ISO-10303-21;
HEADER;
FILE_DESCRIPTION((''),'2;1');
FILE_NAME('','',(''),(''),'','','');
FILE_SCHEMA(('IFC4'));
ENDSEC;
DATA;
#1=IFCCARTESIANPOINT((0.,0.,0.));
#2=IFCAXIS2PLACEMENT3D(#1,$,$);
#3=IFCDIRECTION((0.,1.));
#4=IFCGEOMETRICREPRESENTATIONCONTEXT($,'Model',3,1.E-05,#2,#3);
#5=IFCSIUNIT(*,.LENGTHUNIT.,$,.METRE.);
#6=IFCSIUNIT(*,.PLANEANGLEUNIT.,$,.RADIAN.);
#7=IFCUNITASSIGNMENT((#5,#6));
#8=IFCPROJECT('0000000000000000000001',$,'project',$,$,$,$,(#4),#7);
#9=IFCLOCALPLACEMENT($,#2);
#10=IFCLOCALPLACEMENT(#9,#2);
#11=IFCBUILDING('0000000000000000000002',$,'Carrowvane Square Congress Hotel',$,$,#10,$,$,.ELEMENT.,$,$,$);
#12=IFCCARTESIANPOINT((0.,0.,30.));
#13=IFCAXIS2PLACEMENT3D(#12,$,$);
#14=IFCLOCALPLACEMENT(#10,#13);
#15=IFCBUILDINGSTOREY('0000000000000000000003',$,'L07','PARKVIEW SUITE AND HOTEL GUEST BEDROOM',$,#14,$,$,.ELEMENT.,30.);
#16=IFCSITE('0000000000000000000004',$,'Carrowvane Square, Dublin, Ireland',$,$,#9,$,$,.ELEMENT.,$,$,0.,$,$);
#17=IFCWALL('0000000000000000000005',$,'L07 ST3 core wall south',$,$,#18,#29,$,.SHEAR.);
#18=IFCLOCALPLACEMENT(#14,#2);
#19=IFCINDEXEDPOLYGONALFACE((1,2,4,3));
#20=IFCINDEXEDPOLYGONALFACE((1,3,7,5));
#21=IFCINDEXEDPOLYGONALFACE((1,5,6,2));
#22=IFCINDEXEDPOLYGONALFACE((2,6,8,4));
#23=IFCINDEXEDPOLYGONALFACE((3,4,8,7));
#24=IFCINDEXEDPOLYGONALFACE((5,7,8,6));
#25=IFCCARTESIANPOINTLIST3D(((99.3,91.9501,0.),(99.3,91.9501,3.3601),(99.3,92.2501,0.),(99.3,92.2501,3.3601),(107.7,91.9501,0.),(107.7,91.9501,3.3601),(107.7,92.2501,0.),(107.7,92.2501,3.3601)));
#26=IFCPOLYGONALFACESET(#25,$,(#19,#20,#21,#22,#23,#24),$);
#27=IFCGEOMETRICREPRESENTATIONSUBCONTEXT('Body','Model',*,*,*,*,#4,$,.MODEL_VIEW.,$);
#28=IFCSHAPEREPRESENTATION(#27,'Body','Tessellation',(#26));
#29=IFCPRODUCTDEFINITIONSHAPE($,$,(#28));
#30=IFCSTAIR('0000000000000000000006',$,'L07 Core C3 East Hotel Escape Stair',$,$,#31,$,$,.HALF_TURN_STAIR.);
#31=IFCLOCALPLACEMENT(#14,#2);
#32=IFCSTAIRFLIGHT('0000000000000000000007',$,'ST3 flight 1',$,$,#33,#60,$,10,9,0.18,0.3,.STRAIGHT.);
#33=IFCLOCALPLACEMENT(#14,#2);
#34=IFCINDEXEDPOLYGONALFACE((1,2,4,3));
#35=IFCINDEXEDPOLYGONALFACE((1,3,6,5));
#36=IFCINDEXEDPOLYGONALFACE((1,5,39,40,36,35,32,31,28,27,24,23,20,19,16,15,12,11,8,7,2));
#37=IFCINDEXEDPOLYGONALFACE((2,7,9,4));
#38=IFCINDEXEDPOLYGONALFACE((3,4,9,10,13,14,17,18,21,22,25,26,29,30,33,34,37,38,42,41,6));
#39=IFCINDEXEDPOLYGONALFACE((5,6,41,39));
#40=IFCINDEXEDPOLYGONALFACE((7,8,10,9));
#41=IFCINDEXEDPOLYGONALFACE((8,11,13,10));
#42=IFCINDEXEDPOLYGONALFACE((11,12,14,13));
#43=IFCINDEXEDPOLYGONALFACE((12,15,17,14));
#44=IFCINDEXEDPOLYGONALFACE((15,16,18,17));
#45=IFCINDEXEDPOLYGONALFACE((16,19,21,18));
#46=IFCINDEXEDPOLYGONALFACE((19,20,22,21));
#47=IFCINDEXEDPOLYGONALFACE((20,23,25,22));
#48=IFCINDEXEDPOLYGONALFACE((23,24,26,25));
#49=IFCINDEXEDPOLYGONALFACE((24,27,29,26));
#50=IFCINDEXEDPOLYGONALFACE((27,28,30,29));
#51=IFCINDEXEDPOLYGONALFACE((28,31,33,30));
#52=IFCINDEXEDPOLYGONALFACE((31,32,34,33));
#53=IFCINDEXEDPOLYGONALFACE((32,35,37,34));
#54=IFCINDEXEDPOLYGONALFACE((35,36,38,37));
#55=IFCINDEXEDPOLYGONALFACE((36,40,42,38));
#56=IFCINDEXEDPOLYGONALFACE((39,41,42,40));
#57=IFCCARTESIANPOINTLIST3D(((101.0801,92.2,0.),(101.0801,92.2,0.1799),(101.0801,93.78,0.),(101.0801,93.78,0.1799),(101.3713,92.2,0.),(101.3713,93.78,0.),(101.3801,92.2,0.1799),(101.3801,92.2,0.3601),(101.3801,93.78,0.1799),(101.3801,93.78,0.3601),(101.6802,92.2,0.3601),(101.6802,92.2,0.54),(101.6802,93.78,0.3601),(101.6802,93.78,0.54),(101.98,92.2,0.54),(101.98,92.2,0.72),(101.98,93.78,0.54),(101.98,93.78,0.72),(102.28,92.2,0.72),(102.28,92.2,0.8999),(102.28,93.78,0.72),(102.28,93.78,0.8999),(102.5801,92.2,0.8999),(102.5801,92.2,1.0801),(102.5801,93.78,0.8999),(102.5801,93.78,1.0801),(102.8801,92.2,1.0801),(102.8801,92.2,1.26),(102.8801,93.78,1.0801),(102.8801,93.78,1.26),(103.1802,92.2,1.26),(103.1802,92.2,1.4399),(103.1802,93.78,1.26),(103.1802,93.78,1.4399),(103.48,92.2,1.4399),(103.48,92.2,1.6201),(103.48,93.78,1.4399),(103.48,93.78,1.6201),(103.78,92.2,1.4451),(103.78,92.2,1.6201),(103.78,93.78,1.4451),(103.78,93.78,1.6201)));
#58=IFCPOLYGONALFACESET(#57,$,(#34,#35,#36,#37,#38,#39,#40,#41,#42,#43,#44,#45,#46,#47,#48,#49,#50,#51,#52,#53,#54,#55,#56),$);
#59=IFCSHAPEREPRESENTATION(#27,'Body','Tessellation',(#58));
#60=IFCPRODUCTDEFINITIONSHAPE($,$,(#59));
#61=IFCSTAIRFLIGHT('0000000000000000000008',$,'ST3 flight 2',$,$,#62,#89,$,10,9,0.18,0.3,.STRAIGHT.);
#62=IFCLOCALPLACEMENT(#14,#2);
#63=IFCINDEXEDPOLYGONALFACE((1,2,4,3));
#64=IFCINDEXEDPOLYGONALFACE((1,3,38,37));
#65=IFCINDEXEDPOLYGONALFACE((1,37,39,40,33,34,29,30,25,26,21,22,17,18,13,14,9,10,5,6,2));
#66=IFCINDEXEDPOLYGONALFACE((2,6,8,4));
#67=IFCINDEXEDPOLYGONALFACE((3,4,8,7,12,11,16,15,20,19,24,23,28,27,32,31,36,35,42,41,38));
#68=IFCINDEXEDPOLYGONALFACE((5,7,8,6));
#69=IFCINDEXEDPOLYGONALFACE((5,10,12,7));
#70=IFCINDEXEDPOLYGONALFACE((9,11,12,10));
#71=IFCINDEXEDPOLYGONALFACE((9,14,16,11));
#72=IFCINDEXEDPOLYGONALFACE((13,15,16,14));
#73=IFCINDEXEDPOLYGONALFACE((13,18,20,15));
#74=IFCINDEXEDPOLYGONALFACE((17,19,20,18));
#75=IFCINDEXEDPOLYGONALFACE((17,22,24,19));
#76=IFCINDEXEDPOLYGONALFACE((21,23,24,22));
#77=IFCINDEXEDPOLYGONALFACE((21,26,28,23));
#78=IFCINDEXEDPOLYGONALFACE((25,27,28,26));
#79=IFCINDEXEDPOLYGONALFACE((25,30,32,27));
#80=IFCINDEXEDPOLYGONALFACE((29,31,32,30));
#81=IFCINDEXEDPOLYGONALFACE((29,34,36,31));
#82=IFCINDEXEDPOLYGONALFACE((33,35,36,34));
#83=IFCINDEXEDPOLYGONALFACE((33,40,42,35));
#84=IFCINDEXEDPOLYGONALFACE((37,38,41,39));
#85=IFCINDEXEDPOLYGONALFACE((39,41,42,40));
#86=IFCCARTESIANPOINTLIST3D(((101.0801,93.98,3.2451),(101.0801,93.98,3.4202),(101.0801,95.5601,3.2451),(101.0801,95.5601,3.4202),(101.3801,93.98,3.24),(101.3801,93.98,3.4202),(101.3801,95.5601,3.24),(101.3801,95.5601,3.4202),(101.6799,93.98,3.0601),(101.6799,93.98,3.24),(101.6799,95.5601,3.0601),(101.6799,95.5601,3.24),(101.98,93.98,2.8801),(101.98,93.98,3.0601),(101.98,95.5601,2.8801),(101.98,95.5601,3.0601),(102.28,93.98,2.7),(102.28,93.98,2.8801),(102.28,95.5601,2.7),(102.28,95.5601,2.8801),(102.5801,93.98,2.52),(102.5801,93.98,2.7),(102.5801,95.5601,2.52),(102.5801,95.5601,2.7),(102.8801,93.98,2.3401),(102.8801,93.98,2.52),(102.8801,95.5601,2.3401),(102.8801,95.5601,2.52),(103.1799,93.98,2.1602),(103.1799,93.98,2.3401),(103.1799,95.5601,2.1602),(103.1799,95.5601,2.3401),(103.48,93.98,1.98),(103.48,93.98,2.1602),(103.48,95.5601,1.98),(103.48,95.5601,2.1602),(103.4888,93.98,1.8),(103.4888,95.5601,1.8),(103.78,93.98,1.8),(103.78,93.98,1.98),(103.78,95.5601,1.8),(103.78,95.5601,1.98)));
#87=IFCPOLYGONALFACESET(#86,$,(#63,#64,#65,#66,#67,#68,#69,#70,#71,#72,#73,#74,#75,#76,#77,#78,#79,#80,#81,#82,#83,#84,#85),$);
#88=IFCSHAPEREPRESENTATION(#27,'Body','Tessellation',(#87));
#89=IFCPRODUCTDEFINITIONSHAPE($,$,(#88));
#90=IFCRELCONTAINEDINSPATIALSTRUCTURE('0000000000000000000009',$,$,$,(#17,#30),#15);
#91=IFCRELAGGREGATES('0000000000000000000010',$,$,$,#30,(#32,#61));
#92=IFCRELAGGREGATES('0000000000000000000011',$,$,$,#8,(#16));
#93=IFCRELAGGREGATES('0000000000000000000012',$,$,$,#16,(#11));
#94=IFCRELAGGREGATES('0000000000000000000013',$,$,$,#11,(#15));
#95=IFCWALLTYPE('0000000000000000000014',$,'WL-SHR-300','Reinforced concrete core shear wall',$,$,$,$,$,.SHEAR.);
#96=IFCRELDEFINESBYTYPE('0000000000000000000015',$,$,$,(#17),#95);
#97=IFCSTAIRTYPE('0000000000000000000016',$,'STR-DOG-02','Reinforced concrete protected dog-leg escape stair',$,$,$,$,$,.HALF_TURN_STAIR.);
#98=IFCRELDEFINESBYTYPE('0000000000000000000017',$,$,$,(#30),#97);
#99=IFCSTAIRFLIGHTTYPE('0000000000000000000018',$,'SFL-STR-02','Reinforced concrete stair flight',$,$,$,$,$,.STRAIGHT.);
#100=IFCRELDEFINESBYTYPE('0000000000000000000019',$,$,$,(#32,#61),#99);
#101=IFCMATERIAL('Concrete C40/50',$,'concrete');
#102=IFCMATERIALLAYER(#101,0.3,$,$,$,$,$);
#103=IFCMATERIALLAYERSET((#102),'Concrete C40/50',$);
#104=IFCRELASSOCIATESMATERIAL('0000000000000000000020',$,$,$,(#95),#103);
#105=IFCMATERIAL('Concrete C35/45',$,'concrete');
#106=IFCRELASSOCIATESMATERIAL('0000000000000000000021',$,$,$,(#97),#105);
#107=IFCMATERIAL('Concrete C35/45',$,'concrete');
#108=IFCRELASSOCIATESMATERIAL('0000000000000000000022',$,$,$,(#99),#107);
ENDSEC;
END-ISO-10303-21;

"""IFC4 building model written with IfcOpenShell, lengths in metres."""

from ifc_helpers import new_model, si_unit, direction, frame, frame_2d, origin, place, context, subcontext, project, spatial, polyline, rectangle, outline, extrude, material, layer, layer_set, type_object, element, aggregate, save


model = new_model("IFC4")

# Units and contexts
model_context = context("Model", 3, precision=1e-05, world=origin(), true_north=direction((0.0, 1.0)))
body_context = subcontext(model_context, "Body", "Model", "MODEL_VIEW")
ifc_project = project(units=[si_unit("LENGTHUNIT", "METRE"), si_unit("PLANEANGLEUNIT", "RADIAN")], contexts=[model_context])

# Site, building, storey
site_placement = place(None, origin())
site = spatial("IfcSite", under=ifc_project, at=site_placement, Name="Carrowvane Square, Dublin, Ireland", CompositionType="ELEMENT", RefElevation=0.0)
building_placement = place(site_placement, origin())
building = spatial("IfcBuilding", under=site, at=building_placement, Name="Carrowvane Square Congress Hotel", CompositionType="ELEMENT")
storey_placement = place(building_placement, frame((0.0, 0.0, 30.0)))
storey = spatial("IfcBuildingStorey", under=building, at=storey_placement, Name="L07", Description="PARKVIEW SUITE AND HOTEL GUEST BEDROOM", CompositionType="ELEMENT", Elevation=30.0)

# Wall
ifc_material_1 = material(Name="Concrete C40/50", Category="concrete")
ifc_layer_1 = layer(ifc_material_1, 0.3)
ifc_layer_set_1 = layer_set([ifc_layer_1], Name="Concrete C40/50")
wall_type_1 = type_object("IfcWallType", Name="WL-SHR-300", Description="Reinforced concrete core shear wall", PredefinedType="SHEAR", material=ifc_layer_set_1)
wall_1_placement = place(storey_placement, frame((99.3, 92.1001, 0.0), z_axis=(0.0, 0.0, 1.0), x_axis=(1.0, 0.0, 0.0)))
element("IfcWall", 1, at=wall_1_placement, inside=storey, type_object=wall_type_1, Name="L07 ST3 core wall south", PredefinedType="SHEAR", context=body_context, shape_type="SweptSolid", body=[
    extrude(rectangle(XDim=8.3999, YDim=0.3, at=frame_2d((4.2, 0.0))), origin(), (0.0, 0.0, 1.0), 3.3601),
])

# Stair, stair flights
ifc_material_2 = material(Name="Concrete C35/45", Category="concrete")
stair_type = type_object("IfcStairType", Name="STR-DOG-02", Description="Reinforced concrete protected dog-leg escape stair", PredefinedType="HALF_TURN_STAIR", material=ifc_material_2)
stair_placement = place(storey_placement, origin())
stair = element("IfcStair", 2, at=stair_placement, inside=storey, type_object=stair_type, Name="L07 Core C3 East Hotel Escape Stair", PredefinedType="HALF_TURN_STAIR")
ifc_material_3 = material(Name="Concrete C35/45", Category="concrete")
stair_flight_type = type_object("IfcStairFlightType", Name="SFL-STR-02", Description="Reinforced concrete stair flight", PredefinedType="STRAIGHT", material=ifc_material_3)
stair_flight_1_placement = place(storey_placement, frame((101.0801, 92.99, 0.0), z_axis=(0.0, 0.0, 1.0), x_axis=(1.0, 0.0, 0.0)))
stair_flight_1 = element("IfcStairFlight", 3, at=stair_flight_1_placement, type_object=stair_flight_type, Name="ST3 flight 1", NumberOfRisers=10, NumberOfTreads=9, PredefinedType="STRAIGHT", RiserHeight=0.18, TreadLength=0.3, context=body_context, shape_type="SweptSolid", body=[
    extrude(outline(polyline([(0.0, 0.0), (0.0, 0.1799), (0.3, 0.1799), (0.3, 0.3601), (0.6001, 0.3601), (0.6001, 0.54), (0.8999, 0.54), (0.8999, 0.72), (1.2, 0.72), (1.2, 0.8999), (1.5, 0.8999), (1.5, 1.0801), (1.8, 1.0801), (1.8, 1.26), (2.1001, 1.26), (2.1001, 1.4399), (2.3999, 1.4399), (2.3999, 1.6201), (2.7, 1.6201), (2.7, 1.8), (2.7, 1.4451), (0.2913, 0.0), (0.0, 0.0)])), frame((0.0, 0.79, 0.0), z_axis=(0.0, -1.0, 0.0), x_axis=(1.0, 0.0, 0.0)), (0.0, 0.0, 1.0), 1.5801),
])
stair_flight_2_placement = place(storey_placement, frame((103.78, 94.77, 1.8), z_axis=(0.0, 0.0, 1.0), x_axis=(-1.0, 0.0, 0.0)))
stair_flight_2 = element("IfcStairFlight", 4, at=stair_flight_2_placement, type_object=stair_flight_type, Name="ST3 flight 2", NumberOfRisers=10, NumberOfTreads=9, PredefinedType="STRAIGHT", RiserHeight=0.18, TreadLength=0.3, context=body_context, shape_type="SweptSolid", body=[
    extrude(outline(polyline([(0.0, 0.0), (0.0, 0.1799), (0.3, 0.1799), (0.3, 0.3601), (0.6001, 0.3601), (0.6001, 0.54), (0.8999, 0.54), (0.8999, 0.72), (1.2, 0.72), (1.2, 0.8999), (1.5, 0.8999), (1.5, 1.0801), (1.8, 1.0801), (1.8, 1.26), (2.1001, 1.26), (2.1001, 1.4399), (2.3999, 1.4399), (2.3999, 1.6201), (2.7, 1.6201), (2.7, 1.8), (2.7, 1.4451), (0.2913, 0.0), (0.0, 0.0)])), frame((0.0, 0.79, 0.0), z_axis=(0.0, -1.0, 0.0), x_axis=(1.0, 0.0, 0.0)), (0.0, 0.0, 1.0), 1.5801),
])
aggregate(stair, [stair_flight_1, stair_flight_2])

save(model, "model.ifc")
